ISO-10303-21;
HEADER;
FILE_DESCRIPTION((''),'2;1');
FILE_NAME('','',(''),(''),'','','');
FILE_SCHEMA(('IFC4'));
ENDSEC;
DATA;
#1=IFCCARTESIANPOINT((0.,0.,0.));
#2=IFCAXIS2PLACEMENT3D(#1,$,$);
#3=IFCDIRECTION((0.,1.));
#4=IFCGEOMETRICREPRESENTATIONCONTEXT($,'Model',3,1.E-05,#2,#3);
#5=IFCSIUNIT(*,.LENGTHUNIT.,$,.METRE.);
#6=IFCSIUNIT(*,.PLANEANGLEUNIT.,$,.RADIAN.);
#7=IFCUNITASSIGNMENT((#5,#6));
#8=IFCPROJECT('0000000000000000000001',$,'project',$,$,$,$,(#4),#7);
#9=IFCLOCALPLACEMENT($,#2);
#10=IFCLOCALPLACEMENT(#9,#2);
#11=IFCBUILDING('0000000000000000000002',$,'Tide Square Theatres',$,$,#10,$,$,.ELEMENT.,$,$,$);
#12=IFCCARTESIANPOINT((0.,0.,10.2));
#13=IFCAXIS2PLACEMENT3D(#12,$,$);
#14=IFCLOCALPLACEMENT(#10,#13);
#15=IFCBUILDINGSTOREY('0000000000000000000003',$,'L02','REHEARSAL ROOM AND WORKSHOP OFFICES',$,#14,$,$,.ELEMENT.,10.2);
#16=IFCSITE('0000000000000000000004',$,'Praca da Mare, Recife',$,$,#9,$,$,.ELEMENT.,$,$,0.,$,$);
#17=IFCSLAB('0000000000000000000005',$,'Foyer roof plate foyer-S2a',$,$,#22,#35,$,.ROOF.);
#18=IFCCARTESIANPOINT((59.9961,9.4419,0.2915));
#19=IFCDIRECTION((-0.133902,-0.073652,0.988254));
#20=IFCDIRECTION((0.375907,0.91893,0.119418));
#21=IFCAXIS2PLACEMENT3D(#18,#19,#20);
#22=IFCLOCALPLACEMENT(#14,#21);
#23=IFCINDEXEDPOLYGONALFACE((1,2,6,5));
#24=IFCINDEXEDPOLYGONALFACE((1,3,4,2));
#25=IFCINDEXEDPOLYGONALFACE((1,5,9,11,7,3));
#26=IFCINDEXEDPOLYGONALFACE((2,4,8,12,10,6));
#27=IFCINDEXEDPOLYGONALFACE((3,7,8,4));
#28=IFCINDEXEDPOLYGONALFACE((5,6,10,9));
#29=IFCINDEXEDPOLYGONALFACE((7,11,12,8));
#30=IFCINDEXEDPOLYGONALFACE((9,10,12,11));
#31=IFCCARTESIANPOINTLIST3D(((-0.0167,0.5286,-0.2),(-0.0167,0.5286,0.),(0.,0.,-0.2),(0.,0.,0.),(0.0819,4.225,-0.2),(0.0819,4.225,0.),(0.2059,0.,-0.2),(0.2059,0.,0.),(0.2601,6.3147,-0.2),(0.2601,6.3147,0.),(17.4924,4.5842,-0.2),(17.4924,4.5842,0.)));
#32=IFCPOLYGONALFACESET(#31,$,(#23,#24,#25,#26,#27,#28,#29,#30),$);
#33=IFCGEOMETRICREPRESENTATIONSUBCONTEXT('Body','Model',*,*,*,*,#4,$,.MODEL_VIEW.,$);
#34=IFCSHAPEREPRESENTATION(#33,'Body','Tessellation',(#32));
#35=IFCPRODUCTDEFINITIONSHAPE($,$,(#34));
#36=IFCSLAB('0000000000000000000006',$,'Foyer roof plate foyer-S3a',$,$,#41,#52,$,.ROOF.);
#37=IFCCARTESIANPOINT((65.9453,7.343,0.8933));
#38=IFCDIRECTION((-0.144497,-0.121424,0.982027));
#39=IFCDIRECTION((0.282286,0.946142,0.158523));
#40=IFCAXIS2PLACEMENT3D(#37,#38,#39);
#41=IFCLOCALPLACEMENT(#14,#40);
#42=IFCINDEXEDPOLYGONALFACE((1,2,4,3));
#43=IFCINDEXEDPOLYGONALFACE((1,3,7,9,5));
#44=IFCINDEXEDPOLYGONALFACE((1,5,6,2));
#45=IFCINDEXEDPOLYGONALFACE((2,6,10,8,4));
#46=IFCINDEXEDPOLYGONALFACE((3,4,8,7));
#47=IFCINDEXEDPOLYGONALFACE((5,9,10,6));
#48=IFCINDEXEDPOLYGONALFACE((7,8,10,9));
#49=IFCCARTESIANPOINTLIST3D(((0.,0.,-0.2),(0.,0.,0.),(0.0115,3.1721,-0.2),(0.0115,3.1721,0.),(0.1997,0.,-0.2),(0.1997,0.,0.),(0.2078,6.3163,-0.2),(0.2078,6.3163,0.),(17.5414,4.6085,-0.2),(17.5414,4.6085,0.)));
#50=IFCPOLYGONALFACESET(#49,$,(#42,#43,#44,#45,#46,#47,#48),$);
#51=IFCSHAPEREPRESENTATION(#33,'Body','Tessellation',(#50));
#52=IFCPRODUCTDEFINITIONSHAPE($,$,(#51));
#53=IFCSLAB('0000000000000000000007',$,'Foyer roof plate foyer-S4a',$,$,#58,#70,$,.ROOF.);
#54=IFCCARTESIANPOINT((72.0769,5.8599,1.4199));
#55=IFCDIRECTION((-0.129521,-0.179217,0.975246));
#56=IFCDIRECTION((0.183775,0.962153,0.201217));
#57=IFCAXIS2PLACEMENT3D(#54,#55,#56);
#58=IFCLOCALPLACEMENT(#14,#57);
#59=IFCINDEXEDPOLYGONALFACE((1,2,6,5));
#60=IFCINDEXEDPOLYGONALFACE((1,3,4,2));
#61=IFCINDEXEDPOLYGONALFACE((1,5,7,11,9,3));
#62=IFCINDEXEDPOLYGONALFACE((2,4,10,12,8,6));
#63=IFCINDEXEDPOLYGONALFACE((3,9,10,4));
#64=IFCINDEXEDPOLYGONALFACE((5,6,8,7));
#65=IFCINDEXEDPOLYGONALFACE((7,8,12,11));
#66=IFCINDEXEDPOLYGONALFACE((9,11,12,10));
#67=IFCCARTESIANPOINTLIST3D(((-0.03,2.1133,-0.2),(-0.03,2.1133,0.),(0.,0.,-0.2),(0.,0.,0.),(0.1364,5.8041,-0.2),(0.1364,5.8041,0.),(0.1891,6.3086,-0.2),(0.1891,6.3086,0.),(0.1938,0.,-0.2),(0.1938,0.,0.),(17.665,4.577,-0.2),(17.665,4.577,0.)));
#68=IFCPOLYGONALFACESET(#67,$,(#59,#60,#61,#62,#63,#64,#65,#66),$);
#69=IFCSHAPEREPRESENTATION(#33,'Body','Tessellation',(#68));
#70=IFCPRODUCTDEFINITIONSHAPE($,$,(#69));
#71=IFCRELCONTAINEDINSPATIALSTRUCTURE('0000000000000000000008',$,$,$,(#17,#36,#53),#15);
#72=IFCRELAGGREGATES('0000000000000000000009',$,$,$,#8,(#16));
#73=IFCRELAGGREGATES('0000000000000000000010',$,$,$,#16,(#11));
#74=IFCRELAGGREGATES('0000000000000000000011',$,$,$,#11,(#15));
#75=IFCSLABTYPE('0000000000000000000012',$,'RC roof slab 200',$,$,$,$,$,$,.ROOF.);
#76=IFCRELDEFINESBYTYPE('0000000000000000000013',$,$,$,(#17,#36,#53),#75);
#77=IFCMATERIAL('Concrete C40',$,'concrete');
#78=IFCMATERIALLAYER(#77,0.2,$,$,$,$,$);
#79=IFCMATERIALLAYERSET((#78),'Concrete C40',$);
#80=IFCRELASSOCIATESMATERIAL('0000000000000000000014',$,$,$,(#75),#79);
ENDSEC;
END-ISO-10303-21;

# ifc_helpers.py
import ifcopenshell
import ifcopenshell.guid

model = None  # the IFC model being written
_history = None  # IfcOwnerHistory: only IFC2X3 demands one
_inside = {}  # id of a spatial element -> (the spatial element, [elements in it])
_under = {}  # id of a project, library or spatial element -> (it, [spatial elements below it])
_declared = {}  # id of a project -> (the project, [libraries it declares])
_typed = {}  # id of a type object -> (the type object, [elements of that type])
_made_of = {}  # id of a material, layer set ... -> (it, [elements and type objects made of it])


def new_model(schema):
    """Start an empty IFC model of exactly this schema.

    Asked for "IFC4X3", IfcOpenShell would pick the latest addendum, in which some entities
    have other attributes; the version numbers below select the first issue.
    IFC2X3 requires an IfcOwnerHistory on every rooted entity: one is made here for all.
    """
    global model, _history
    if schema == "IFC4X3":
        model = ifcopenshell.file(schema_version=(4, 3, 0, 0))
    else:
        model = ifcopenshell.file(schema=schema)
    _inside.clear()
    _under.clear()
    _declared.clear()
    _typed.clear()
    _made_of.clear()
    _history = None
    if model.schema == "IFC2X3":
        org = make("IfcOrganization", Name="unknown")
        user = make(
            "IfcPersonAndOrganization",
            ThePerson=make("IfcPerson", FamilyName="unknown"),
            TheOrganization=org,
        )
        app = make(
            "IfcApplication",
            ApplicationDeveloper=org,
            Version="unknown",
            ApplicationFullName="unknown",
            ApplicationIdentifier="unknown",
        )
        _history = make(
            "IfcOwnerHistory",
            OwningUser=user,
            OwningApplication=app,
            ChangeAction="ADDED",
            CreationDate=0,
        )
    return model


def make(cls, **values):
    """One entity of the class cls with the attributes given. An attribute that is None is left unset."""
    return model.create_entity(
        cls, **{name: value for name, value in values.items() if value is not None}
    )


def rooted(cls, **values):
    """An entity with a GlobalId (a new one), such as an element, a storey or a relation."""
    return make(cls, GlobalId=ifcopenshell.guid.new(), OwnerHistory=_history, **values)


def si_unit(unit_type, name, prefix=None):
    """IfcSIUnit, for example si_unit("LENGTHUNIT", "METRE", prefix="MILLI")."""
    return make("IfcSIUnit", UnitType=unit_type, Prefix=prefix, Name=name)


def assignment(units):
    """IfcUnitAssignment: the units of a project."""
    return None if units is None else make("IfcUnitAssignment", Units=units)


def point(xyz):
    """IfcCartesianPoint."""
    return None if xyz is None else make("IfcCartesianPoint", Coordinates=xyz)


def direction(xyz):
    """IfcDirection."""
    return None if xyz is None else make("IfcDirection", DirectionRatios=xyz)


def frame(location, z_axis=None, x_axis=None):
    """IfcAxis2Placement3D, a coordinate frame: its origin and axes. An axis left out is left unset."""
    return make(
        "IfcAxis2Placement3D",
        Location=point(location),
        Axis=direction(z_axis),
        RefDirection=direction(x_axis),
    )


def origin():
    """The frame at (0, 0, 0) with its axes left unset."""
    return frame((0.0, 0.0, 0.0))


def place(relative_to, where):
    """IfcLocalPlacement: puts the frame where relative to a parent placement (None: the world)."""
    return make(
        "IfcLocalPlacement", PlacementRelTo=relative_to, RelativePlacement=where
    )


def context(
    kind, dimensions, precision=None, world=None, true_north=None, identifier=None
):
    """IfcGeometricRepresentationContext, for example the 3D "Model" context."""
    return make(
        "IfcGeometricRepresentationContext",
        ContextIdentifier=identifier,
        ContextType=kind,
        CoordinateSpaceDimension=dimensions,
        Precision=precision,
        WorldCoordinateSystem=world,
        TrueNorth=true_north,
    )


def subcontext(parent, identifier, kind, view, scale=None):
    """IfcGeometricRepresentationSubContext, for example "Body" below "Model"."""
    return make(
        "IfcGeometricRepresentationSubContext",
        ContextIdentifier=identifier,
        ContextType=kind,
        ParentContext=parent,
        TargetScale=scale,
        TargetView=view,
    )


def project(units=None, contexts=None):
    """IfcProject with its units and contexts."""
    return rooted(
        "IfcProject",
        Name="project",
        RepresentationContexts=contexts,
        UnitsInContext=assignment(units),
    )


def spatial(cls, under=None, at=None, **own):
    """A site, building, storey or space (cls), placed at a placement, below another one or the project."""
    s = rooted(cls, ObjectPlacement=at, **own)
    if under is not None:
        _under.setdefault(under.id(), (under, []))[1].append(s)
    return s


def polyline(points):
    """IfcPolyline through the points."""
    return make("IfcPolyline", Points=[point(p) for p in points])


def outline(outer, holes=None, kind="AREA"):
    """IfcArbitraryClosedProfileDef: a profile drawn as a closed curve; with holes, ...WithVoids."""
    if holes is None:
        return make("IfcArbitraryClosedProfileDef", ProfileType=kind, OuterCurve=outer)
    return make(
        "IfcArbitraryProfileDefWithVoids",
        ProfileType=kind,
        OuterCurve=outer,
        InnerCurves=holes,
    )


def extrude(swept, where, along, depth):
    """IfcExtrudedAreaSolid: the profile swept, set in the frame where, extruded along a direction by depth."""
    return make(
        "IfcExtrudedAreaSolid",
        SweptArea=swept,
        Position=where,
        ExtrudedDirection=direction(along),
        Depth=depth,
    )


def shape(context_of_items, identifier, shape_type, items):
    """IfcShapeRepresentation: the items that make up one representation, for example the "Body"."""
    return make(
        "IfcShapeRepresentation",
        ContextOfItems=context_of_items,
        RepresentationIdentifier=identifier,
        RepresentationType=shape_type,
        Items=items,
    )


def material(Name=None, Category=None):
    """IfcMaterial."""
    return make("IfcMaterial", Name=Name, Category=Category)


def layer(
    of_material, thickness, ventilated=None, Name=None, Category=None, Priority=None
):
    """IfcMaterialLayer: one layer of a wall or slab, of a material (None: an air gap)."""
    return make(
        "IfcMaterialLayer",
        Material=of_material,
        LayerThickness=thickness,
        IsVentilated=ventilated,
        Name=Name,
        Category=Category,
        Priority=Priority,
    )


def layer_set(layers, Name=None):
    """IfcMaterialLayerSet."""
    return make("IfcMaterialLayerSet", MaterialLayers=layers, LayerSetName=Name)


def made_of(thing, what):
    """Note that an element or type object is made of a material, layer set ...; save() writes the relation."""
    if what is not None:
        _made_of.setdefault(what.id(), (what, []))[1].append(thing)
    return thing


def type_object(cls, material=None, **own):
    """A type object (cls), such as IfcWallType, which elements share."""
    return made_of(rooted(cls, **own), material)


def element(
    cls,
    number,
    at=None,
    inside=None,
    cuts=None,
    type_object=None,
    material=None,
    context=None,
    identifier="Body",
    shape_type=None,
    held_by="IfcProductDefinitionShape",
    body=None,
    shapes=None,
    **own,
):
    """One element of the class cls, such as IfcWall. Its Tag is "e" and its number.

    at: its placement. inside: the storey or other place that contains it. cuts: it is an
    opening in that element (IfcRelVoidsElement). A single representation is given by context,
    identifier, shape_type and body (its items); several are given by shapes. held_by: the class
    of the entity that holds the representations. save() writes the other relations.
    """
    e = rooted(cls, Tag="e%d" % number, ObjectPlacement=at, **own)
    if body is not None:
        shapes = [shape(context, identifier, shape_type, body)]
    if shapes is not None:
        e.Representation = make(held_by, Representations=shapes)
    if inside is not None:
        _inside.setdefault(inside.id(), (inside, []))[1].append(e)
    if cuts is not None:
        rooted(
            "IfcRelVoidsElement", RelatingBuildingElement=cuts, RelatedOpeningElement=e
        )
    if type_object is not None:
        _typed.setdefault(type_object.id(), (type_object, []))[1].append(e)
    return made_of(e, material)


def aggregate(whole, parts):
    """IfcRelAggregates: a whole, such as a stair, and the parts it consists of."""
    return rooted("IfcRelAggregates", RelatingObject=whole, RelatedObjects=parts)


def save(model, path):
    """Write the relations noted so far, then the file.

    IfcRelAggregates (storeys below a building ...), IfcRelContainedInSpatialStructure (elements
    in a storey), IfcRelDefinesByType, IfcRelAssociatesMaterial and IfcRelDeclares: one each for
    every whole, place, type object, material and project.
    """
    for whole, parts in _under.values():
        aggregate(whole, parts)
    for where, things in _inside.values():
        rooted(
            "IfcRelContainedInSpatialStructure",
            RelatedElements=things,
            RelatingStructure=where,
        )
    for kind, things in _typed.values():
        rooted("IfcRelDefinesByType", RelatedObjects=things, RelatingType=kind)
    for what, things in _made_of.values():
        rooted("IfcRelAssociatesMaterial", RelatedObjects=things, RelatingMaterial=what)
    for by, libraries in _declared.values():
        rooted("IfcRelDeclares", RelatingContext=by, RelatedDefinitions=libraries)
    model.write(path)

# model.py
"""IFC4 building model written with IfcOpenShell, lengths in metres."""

from ifc_helpers import new_model, si_unit, direction, frame, origin, place, context, subcontext, project, spatial, polyline, outline, extrude, material, layer, layer_set, type_object, element, save


model = new_model("IFC4")

# Units and contexts
model_context = context("Model", 3, precision=1e-05, world=origin(), true_north=direction((0.0, 1.0)))
body_context = subcontext(model_context, "Body", "Model", "MODEL_VIEW")
ifc_project = project(units=[si_unit("LENGTHUNIT", "METRE"), si_unit("PLANEANGLEUNIT", "RADIAN")], contexts=[model_context])

# Site, building, storey
site_placement = place(None, origin())
site = spatial("IfcSite", under=ifc_project, at=site_placement, Name="Praca da Mare, Recife", CompositionType="ELEMENT", RefElevation=0.0)
building_placement = place(site_placement, origin())
building = spatial("IfcBuilding", under=site, at=building_placement, Name="Tide Square Theatres", CompositionType="ELEMENT")
storey_placement = place(building_placement, frame((0.0, 0.0, 10.2)))
storey = spatial("IfcBuildingStorey", under=building, at=storey_placement, Name="L02", Description="REHEARSAL ROOM AND WORKSHOP OFFICES", CompositionType="ELEMENT", Elevation=10.2)

# Slabs
ifc_material_1 = material(Name="Concrete C40", Category="concrete")
ifc_layer_1 = layer(ifc_material_1, 0.2)
ifc_layer_set_1 = layer_set([ifc_layer_1], Name="Concrete C40")
slab_type = type_object("IfcSlabType", Name="RC roof slab 200", PredefinedType="ROOF", material=ifc_layer_set_1)
slab_1_placement = place(storey_placement, frame((59.9961, 9.4419, 0.2915), z_axis=(-0.133902, -0.073652, 0.988254), x_axis=(0.375907, 0.91893, 0.119418)))
element("IfcSlab", 1, at=slab_1_placement, inside=storey, type_object=slab_type, Name="Foyer roof plate foyer-S2a", PredefinedType="ROOF", context=body_context, shape_type="SweptSolid", body=[
    extrude(outline(polyline([(0.0, 0.0), (0.2059, 0.0), (17.4924, 4.5842), (0.2601, 6.3147), (0.0819, 4.225), (-0.0167, 0.5286), (0.0, 0.0)])), origin(), (0.0, 0.0, -1.0), 0.2),
])
slab_2_placement = place(storey_placement, frame((65.9453, 7.343, 0.8933), z_axis=(-0.144497, -0.121424, 0.982027), x_axis=(0.282286, 0.946142, 0.158523)))
element("IfcSlab", 2, at=slab_2_placement, inside=storey, type_object=slab_type, Name="Foyer roof plate foyer-S3a", PredefinedType="ROOF", context=body_context, shape_type="SweptSolid", body=[
    extrude(outline(polyline([(0.0, 0.0), (0.1997, 0.0), (17.5414, 4.6085), (0.2078, 6.3163), (0.0115, 3.1721), (0.0, 0.0)])), origin(), (0.0, 0.0, -1.0), 0.2),
])
slab_3_placement = place(storey_placement, frame((72.0769, 5.8599, 1.4199), z_axis=(-0.129521, -0.179217, 0.975246), x_axis=(0.183775, 0.962153, 0.201217)))
element("IfcSlab", 3, at=slab_3_placement, inside=storey, type_object=slab_type, Name="Foyer roof plate foyer-S4a", PredefinedType="ROOF", context=body_context, shape_type="SweptSolid", body=[
    extrude(outline(polyline([(0.0, 0.0), (0.1938, 0.0), (17.665, 4.577), (0.1891, 6.3086), (0.1364, 5.8041), (-0.03, 2.1133), (0.0, 0.0)])), origin(), (0.0, 0.0, -1.0), 0.2),
])

save(model, "model.ifc")
